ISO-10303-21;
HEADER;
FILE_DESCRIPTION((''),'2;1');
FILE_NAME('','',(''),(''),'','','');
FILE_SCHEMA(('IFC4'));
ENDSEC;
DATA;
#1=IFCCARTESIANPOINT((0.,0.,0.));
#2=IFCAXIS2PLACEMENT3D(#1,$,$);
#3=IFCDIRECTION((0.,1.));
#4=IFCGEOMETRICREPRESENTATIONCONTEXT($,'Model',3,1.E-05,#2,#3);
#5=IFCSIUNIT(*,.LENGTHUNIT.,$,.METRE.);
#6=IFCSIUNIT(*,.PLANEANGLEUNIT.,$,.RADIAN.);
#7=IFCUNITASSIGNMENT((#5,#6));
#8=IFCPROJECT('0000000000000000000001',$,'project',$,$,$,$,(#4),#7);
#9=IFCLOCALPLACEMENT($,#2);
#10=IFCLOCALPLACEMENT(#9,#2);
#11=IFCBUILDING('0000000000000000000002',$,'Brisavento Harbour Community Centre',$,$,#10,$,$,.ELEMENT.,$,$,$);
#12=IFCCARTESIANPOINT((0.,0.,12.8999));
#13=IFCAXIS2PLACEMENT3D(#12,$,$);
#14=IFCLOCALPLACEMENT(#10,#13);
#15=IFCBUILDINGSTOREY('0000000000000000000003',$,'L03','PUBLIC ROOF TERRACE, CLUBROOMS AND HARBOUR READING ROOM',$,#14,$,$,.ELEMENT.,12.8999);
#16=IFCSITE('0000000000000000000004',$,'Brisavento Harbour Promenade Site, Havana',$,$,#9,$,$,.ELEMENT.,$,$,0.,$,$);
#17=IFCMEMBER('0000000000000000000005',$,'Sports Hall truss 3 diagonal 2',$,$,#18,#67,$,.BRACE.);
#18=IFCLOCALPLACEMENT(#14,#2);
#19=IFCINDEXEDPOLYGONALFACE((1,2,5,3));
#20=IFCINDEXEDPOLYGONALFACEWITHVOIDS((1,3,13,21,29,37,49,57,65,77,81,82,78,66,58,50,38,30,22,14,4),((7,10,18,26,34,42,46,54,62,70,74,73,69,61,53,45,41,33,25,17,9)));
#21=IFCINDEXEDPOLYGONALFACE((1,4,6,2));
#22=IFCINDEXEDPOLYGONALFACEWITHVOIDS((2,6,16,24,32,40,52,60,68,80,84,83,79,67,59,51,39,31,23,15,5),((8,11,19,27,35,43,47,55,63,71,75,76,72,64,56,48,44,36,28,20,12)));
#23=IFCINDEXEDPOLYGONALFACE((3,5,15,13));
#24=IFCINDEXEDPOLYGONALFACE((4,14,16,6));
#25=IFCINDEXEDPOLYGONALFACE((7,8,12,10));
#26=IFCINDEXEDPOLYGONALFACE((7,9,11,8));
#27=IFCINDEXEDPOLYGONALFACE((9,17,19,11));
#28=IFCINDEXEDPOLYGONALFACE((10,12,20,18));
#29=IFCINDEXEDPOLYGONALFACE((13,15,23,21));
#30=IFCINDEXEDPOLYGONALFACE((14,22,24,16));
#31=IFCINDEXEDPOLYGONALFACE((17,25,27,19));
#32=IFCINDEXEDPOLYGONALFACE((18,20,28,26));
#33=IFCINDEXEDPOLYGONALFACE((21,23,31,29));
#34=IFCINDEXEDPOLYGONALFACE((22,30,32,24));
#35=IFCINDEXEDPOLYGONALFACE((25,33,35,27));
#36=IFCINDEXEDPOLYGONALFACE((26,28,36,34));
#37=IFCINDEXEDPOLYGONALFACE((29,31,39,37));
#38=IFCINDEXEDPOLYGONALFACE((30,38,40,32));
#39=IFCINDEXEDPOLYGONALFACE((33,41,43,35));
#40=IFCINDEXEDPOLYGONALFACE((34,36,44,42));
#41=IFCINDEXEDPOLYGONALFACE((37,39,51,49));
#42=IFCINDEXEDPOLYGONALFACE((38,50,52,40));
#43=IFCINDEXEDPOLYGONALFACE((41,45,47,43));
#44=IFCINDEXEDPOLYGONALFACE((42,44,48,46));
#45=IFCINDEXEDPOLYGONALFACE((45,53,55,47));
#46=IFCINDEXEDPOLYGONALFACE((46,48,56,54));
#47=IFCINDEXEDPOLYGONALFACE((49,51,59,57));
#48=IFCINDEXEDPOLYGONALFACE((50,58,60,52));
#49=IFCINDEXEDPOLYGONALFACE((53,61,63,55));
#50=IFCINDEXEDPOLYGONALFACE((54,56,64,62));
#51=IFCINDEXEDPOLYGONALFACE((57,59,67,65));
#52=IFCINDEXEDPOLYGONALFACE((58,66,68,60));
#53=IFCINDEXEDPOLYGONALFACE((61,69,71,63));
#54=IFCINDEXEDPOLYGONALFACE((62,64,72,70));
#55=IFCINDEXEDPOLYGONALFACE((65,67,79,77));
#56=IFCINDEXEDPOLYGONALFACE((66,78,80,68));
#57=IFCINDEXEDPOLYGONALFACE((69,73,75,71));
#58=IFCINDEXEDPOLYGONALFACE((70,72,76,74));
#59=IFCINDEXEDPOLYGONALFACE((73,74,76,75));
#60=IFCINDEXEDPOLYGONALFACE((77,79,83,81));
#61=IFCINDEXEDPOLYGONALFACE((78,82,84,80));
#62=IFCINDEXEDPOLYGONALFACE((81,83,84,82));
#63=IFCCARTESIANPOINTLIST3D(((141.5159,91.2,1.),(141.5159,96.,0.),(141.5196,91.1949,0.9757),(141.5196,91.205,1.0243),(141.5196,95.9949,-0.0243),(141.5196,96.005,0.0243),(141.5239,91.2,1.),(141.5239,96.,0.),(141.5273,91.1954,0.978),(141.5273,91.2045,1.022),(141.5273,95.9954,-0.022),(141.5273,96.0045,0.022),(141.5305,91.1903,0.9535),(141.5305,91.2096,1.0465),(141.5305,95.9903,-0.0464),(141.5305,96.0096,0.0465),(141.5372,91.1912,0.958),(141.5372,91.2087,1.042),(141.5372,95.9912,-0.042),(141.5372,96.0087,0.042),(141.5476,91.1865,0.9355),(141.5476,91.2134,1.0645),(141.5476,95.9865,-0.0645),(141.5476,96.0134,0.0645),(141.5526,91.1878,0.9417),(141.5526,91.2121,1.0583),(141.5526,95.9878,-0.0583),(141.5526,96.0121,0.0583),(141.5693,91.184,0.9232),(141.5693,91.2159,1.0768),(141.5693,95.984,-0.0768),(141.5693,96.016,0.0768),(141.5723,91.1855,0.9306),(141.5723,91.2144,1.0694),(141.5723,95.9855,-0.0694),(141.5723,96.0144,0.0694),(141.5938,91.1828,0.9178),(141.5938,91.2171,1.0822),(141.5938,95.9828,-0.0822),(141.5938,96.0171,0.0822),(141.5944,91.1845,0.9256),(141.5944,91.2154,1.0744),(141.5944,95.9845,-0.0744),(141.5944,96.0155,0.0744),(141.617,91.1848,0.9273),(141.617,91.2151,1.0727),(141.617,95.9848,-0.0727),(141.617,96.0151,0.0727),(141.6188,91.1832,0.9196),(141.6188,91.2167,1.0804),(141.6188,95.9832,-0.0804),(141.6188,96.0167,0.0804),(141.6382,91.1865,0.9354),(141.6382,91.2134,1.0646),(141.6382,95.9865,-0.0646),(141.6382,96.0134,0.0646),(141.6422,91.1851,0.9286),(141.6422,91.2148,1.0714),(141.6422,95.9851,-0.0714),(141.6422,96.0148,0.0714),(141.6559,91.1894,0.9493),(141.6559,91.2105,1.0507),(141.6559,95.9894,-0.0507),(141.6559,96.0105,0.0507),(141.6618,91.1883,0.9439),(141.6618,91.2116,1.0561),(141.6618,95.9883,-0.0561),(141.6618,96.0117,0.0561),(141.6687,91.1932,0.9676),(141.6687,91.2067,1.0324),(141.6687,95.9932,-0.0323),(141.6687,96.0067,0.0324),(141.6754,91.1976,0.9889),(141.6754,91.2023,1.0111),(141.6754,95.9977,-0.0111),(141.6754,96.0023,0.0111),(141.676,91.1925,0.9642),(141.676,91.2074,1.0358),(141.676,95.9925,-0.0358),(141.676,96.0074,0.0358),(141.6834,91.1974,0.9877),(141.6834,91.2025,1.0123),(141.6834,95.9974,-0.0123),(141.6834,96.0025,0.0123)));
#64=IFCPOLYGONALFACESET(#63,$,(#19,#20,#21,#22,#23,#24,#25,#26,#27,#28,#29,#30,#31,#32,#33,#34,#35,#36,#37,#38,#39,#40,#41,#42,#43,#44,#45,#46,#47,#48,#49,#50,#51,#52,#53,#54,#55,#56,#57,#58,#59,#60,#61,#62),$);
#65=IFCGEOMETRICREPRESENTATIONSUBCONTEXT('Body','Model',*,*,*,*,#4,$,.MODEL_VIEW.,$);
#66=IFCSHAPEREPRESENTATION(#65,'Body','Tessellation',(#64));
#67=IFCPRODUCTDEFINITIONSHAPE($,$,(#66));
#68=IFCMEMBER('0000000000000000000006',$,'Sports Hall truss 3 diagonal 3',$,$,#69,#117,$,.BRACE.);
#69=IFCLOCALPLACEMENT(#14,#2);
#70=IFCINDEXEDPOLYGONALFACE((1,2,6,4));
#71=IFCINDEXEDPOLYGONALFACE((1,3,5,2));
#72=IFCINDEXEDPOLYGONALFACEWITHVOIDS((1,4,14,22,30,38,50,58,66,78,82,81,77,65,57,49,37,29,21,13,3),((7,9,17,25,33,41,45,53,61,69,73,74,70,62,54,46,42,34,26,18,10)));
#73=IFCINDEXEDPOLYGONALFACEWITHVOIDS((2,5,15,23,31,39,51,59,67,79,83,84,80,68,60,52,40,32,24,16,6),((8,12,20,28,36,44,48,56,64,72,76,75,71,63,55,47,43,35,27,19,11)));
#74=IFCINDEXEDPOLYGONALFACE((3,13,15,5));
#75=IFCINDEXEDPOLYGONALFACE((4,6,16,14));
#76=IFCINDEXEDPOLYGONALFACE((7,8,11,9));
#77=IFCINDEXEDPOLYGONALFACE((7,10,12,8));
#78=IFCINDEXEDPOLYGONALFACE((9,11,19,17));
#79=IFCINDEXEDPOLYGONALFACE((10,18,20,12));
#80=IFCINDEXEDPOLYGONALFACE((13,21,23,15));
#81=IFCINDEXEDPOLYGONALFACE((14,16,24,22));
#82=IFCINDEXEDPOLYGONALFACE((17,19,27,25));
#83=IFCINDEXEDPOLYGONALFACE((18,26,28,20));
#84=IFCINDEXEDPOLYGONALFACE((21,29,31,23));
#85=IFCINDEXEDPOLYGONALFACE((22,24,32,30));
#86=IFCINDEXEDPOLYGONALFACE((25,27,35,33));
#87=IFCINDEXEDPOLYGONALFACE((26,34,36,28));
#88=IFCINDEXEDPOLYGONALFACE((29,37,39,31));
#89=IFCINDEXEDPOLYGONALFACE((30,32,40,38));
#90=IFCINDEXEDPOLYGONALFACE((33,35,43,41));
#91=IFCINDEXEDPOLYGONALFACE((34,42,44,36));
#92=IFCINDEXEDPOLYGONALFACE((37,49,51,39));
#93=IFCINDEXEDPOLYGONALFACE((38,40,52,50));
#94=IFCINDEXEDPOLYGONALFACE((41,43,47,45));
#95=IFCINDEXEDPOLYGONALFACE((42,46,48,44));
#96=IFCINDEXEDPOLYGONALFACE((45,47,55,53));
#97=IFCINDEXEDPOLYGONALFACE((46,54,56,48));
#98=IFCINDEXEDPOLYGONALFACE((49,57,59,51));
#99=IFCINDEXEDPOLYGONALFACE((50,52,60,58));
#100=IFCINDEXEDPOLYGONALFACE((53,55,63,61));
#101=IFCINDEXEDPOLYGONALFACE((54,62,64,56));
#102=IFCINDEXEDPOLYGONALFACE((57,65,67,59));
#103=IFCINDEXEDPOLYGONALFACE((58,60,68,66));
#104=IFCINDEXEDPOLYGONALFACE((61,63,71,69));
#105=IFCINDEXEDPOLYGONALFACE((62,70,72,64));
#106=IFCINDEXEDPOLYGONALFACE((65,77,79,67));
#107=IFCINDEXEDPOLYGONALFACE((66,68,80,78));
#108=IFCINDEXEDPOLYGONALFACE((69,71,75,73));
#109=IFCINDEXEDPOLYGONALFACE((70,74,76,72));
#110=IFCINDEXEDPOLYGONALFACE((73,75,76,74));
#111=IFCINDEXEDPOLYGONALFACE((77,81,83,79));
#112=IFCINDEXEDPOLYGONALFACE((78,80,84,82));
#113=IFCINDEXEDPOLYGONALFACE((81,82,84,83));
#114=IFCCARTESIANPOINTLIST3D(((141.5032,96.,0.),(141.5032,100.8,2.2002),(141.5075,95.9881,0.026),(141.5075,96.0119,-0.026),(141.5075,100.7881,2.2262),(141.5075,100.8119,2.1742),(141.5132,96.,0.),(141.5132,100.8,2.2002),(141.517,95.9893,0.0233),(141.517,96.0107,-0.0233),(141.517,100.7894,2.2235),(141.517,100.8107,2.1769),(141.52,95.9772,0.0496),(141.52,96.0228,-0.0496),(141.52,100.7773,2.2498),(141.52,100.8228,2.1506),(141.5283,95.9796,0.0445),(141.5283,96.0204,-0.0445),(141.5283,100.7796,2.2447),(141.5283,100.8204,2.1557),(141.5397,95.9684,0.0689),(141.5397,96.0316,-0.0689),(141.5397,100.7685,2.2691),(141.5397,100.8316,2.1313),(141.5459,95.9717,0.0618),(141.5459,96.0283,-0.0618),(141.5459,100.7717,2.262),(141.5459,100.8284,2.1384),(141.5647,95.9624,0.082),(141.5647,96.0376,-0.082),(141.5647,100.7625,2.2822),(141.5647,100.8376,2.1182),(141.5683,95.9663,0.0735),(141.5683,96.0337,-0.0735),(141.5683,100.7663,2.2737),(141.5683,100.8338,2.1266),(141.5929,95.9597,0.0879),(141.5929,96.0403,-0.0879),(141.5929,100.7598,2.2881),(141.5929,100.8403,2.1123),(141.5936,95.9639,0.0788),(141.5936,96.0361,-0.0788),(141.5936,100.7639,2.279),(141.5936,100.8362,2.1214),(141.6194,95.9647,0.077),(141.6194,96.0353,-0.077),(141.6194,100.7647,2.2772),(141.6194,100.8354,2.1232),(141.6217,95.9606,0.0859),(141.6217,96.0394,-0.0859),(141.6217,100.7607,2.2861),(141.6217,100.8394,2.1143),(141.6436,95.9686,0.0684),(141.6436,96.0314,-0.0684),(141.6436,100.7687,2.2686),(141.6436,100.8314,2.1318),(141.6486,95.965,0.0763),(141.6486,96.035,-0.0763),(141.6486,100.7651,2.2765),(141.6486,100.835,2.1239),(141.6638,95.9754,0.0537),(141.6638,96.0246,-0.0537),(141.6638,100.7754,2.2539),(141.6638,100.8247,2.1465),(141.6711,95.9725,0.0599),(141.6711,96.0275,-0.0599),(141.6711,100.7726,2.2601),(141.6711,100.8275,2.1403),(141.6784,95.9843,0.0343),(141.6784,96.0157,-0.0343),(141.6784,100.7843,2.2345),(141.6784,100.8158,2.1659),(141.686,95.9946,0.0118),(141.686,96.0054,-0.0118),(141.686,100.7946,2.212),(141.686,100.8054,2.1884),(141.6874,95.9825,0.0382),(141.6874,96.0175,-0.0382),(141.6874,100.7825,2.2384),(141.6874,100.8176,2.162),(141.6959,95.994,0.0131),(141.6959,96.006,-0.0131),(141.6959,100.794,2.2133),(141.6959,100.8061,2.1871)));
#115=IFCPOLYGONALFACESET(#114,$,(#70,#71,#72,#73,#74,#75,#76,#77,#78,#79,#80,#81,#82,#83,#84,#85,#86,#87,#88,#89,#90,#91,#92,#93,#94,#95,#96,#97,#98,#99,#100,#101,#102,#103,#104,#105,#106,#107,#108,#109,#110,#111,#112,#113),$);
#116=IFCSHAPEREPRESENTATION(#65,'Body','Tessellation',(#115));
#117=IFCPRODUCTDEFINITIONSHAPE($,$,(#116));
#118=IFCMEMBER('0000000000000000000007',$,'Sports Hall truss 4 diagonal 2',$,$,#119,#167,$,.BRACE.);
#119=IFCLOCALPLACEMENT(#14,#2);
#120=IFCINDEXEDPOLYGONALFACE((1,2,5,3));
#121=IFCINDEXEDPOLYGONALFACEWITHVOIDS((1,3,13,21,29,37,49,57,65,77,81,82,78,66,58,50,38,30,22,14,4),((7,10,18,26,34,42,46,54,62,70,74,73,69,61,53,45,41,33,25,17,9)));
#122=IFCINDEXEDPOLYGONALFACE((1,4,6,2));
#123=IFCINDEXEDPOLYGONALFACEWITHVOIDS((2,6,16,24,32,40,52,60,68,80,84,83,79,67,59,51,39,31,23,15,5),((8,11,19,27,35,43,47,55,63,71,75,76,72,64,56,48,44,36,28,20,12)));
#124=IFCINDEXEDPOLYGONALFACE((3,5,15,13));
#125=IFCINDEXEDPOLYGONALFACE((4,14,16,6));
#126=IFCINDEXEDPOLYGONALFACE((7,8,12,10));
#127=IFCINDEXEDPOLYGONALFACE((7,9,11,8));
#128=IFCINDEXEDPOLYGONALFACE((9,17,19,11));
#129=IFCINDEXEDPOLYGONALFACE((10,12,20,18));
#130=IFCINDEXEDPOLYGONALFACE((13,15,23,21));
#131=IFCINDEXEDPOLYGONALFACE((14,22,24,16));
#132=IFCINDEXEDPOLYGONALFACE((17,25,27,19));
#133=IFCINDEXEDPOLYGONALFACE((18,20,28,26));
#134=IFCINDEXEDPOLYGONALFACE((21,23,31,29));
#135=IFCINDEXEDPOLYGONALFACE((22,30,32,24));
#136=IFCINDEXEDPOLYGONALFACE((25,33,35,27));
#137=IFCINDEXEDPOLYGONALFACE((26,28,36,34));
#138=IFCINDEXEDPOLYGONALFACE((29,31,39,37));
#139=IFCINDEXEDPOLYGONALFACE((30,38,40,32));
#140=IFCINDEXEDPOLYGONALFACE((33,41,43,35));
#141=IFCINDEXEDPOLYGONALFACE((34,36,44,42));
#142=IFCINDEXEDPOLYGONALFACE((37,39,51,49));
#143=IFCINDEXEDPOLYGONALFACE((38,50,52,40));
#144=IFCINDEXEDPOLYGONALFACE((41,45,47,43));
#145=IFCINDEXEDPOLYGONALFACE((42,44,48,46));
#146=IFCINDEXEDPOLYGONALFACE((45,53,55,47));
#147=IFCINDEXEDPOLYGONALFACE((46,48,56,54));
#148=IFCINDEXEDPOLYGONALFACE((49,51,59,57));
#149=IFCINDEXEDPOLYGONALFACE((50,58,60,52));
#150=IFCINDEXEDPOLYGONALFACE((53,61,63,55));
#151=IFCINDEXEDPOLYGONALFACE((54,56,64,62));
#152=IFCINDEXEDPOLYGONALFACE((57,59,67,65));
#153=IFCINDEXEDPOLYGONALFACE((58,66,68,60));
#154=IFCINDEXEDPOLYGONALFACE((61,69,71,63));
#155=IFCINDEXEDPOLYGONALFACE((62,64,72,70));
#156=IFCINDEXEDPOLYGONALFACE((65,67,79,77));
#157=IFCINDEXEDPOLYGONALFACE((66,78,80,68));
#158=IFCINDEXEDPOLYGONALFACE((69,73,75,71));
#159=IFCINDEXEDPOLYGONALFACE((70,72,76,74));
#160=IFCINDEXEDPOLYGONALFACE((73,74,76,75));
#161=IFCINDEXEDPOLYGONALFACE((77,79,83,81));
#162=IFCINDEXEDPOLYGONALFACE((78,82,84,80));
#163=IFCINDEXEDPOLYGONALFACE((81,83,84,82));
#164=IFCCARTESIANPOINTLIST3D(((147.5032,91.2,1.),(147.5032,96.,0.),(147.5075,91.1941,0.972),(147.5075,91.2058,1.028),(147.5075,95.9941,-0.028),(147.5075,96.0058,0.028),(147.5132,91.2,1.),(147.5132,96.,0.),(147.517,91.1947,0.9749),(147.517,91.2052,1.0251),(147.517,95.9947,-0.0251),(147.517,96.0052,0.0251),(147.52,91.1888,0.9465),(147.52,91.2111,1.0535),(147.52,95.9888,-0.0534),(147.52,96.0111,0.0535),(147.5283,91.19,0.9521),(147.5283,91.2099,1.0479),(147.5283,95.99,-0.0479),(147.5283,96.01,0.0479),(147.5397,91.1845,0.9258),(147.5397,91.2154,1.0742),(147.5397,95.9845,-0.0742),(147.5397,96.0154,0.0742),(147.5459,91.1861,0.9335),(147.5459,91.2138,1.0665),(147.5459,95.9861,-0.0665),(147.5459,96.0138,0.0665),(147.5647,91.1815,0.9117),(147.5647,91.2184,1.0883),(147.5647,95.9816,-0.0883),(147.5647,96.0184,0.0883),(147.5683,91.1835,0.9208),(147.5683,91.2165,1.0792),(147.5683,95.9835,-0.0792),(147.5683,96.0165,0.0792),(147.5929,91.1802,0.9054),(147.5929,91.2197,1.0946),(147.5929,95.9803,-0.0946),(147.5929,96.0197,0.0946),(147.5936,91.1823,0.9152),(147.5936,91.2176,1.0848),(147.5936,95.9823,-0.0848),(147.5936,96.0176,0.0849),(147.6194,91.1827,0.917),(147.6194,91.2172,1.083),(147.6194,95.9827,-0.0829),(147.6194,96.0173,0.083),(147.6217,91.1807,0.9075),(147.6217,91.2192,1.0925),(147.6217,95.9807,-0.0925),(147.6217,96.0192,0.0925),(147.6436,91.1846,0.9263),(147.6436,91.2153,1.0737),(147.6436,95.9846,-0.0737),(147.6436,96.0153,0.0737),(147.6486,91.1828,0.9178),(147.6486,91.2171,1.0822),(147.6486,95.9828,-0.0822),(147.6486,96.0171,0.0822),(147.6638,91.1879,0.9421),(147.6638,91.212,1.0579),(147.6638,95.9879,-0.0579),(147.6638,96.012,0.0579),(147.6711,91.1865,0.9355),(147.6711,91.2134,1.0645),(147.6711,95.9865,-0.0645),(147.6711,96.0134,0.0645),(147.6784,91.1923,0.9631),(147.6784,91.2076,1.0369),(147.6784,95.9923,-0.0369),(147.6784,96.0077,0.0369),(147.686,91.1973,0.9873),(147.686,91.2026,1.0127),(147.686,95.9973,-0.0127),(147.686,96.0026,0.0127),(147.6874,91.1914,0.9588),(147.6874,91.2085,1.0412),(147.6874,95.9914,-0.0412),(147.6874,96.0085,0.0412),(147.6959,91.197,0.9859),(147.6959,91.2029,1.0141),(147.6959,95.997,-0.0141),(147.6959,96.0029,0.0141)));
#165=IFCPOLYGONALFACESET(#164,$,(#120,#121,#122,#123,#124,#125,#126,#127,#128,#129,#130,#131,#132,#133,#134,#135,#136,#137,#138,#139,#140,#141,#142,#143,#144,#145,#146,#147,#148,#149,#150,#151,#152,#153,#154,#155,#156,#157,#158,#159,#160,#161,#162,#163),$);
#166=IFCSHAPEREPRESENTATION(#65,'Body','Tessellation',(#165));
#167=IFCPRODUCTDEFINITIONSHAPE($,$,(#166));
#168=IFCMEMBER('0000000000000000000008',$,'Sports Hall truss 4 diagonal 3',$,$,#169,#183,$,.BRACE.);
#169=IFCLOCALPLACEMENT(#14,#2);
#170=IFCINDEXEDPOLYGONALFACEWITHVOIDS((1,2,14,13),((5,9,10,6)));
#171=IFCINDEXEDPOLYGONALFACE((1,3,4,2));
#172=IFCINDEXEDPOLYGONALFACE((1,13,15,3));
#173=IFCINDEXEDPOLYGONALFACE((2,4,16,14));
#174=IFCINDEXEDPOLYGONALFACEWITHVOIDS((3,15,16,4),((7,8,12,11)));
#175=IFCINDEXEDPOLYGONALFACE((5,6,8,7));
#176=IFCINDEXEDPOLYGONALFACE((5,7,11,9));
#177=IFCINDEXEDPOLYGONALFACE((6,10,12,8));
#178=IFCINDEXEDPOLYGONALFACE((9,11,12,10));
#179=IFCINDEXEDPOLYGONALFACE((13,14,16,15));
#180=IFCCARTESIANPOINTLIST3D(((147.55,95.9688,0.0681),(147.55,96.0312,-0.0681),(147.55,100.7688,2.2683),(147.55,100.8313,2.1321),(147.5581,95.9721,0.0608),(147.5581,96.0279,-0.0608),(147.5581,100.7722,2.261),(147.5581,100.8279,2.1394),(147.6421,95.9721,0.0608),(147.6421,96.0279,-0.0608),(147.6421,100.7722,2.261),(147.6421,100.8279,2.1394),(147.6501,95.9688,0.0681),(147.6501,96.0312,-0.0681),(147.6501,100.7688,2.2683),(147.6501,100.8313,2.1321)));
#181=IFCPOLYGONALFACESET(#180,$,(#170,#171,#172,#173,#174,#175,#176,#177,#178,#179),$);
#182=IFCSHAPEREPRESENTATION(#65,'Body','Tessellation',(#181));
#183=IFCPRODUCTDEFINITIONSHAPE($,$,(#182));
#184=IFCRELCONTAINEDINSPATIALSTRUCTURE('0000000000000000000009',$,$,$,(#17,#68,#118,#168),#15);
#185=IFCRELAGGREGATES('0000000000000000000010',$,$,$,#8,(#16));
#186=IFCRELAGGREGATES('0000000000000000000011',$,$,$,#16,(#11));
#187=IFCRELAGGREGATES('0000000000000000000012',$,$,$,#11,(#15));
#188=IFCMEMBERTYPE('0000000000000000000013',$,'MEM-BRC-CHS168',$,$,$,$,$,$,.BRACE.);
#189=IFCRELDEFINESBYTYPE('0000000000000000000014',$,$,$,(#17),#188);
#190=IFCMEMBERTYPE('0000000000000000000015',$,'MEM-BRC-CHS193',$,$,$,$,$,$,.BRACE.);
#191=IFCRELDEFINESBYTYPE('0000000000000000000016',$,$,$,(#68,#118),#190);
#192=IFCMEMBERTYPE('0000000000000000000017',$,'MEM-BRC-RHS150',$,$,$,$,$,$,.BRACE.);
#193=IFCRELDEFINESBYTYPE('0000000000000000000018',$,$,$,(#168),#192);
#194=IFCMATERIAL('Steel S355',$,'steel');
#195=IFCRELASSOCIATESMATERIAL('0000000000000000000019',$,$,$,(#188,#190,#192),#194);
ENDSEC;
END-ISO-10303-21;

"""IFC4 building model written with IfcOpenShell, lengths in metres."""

from ifc_helpers import new_model, si_unit, direction, frame, origin, origin_2d, place, context, subcontext, project, spatial, hollow_rectangle, hollow_circle, extrude, material, material_profile, profile_set, type_object, element, save


model = new_model("IFC4")

# Units and contexts
model_context = context("Model", 3, precision=1e-05, world=origin(), true_north=direction((0.0, 1.0)))
body_context = subcontext(model_context, "Body", "Model", "MODEL_VIEW")
ifc_project = project(units=[si_unit("LENGTHUNIT", "METRE"), si_unit("PLANEANGLEUNIT", "RADIAN")], contexts=[model_context])

# Site, building, storey
site_placement = place(None, origin())
site = spatial("IfcSite", under=ifc_project, at=site_placement, Name="Brisavento Harbour Promenade Site, Havana", CompositionType="ELEMENT", RefElevation=0.0)
building_placement = place(site_placement, origin())
building = spatial("IfcBuilding", under=site, at=building_placement, Name="Brisavento Harbour Community Centre", CompositionType="ELEMENT")
storey_placement = place(building_placement, frame((0.0, 0.0, 12.8999)))
storey = spatial("IfcBuildingStorey", under=building, at=storey_placement, Name="L03", Description="PUBLIC ROOF TERRACE, CLUBROOMS AND HARBOUR READING ROOM", CompositionType="ELEMENT", Elevation=12.8999)

# Members
ifc_material = material(Name="Steel S355", Category="steel")
ifc_material_profile_1 = material_profile(ifc_material, hollow_circle(Radius=0.0842, WallThickness=0.0081, at=origin_2d()), Name="Steel S355")
ifc_profile_set_1 = profile_set([ifc_material_profile_1], Name="Steel S355")
member_type_1 = type_object("IfcMemberType", Name="MEM-BRC-CHS168", PredefinedType="BRACE", material=ifc_profile_set_1)
member_1_placement = place(storey_placement, frame((141.6001, 91.2, 1.0), z_axis=(0.0, 0.978981, -0.203952), x_axis=(-1.0, 0.0, 0.0)))
element("IfcMember", 1, at=member_1_placement, inside=storey, type_object=member_type_1, Name="Sports Hall truss 3 diagonal 2", PredefinedType="BRACE", context=body_context, shape_type="SweptSolid", body=[
    extrude(hollow_circle(Radius=0.0842, WallThickness=0.0081, at=origin_2d()), origin(), (0.0, 0.0, 1.0), 4.9031),
])
ifc_material_profile_2 = material_profile(ifc_material, hollow_circle(Radius=0.0969, WallThickness=0.01, at=origin_2d()), Name="Steel S355")
ifc_profile_set_2 = profile_set([ifc_material_profile_2], Name="Steel S355")
member_type_2 = type_object("IfcMemberType", Name="MEM-BRC-CHS193", PredefinedType="BRACE", material=ifc_profile_set_2)
member_2_placement = place(storey_placement, frame((141.6001, 96.0, 0.0), z_axis=(0.0, 0.909052, 0.416682), x_axis=(-1.0, 0.0, 0.0)))
element("IfcMember", 2, at=member_2_placement, inside=storey, type_object=member_type_2, Name="Sports Hall truss 3 diagonal 3", PredefinedType="BRACE", context=body_context, shape_type="SweptSolid", body=[
    extrude(hollow_circle(Radius=0.0969, WallThickness=0.01, at=origin_2d()), origin(), (0.0, 0.0, 1.0), 5.2803),
])
member_3_placement = place(storey_placement, frame((147.6001, 91.2, 1.0), z_axis=(0.0, 0.978981, -0.203952), x_axis=(-1.0, 0.0, 0.0)))
element("IfcMember", 3, at=member_3_placement, inside=storey, type_object=member_type_2, Name="Sports Hall truss 4 diagonal 2", PredefinedType="BRACE", context=body_context, shape_type="SweptSolid", body=[
    extrude(hollow_circle(Radius=0.0969, WallThickness=0.01, at=origin_2d()), origin(), (0.0, 0.0, 1.0), 4.9031),
])
ifc_material_profile_3 = material_profile(ifc_material, hollow_rectangle(XDim=0.1001, YDim=0.1499, WallThickness=0.0081, at=origin_2d()), Name="Steel S355")
ifc_profile_set_3 = profile_set([ifc_material_profile_3], Name="Steel S355")
member_type_3 = type_object("IfcMemberType", Name="MEM-BRC-RHS150", PredefinedType="BRACE", material=ifc_profile_set_3)
member_4_placement = place(storey_placement, frame((147.6001, 96.0, 0.0), z_axis=(0.0, 0.909052, 0.416682), x_axis=(-1.0, 0.0, 0.0)))
element("IfcMember", 4, at=member_4_placement, inside=storey, type_object=member_type_3, Name="Sports Hall truss 4 diagonal 3", PredefinedType="BRACE", context=body_context, shape_type="SweptSolid", body=[
    extrude(hollow_rectangle(XDim=0.1001, YDim=0.1499, WallThickness=0.0081, at=origin_2d()), origin(), (0.0, 0.0, 1.0), 5.2803),
])

save(model, "model.ifc")
